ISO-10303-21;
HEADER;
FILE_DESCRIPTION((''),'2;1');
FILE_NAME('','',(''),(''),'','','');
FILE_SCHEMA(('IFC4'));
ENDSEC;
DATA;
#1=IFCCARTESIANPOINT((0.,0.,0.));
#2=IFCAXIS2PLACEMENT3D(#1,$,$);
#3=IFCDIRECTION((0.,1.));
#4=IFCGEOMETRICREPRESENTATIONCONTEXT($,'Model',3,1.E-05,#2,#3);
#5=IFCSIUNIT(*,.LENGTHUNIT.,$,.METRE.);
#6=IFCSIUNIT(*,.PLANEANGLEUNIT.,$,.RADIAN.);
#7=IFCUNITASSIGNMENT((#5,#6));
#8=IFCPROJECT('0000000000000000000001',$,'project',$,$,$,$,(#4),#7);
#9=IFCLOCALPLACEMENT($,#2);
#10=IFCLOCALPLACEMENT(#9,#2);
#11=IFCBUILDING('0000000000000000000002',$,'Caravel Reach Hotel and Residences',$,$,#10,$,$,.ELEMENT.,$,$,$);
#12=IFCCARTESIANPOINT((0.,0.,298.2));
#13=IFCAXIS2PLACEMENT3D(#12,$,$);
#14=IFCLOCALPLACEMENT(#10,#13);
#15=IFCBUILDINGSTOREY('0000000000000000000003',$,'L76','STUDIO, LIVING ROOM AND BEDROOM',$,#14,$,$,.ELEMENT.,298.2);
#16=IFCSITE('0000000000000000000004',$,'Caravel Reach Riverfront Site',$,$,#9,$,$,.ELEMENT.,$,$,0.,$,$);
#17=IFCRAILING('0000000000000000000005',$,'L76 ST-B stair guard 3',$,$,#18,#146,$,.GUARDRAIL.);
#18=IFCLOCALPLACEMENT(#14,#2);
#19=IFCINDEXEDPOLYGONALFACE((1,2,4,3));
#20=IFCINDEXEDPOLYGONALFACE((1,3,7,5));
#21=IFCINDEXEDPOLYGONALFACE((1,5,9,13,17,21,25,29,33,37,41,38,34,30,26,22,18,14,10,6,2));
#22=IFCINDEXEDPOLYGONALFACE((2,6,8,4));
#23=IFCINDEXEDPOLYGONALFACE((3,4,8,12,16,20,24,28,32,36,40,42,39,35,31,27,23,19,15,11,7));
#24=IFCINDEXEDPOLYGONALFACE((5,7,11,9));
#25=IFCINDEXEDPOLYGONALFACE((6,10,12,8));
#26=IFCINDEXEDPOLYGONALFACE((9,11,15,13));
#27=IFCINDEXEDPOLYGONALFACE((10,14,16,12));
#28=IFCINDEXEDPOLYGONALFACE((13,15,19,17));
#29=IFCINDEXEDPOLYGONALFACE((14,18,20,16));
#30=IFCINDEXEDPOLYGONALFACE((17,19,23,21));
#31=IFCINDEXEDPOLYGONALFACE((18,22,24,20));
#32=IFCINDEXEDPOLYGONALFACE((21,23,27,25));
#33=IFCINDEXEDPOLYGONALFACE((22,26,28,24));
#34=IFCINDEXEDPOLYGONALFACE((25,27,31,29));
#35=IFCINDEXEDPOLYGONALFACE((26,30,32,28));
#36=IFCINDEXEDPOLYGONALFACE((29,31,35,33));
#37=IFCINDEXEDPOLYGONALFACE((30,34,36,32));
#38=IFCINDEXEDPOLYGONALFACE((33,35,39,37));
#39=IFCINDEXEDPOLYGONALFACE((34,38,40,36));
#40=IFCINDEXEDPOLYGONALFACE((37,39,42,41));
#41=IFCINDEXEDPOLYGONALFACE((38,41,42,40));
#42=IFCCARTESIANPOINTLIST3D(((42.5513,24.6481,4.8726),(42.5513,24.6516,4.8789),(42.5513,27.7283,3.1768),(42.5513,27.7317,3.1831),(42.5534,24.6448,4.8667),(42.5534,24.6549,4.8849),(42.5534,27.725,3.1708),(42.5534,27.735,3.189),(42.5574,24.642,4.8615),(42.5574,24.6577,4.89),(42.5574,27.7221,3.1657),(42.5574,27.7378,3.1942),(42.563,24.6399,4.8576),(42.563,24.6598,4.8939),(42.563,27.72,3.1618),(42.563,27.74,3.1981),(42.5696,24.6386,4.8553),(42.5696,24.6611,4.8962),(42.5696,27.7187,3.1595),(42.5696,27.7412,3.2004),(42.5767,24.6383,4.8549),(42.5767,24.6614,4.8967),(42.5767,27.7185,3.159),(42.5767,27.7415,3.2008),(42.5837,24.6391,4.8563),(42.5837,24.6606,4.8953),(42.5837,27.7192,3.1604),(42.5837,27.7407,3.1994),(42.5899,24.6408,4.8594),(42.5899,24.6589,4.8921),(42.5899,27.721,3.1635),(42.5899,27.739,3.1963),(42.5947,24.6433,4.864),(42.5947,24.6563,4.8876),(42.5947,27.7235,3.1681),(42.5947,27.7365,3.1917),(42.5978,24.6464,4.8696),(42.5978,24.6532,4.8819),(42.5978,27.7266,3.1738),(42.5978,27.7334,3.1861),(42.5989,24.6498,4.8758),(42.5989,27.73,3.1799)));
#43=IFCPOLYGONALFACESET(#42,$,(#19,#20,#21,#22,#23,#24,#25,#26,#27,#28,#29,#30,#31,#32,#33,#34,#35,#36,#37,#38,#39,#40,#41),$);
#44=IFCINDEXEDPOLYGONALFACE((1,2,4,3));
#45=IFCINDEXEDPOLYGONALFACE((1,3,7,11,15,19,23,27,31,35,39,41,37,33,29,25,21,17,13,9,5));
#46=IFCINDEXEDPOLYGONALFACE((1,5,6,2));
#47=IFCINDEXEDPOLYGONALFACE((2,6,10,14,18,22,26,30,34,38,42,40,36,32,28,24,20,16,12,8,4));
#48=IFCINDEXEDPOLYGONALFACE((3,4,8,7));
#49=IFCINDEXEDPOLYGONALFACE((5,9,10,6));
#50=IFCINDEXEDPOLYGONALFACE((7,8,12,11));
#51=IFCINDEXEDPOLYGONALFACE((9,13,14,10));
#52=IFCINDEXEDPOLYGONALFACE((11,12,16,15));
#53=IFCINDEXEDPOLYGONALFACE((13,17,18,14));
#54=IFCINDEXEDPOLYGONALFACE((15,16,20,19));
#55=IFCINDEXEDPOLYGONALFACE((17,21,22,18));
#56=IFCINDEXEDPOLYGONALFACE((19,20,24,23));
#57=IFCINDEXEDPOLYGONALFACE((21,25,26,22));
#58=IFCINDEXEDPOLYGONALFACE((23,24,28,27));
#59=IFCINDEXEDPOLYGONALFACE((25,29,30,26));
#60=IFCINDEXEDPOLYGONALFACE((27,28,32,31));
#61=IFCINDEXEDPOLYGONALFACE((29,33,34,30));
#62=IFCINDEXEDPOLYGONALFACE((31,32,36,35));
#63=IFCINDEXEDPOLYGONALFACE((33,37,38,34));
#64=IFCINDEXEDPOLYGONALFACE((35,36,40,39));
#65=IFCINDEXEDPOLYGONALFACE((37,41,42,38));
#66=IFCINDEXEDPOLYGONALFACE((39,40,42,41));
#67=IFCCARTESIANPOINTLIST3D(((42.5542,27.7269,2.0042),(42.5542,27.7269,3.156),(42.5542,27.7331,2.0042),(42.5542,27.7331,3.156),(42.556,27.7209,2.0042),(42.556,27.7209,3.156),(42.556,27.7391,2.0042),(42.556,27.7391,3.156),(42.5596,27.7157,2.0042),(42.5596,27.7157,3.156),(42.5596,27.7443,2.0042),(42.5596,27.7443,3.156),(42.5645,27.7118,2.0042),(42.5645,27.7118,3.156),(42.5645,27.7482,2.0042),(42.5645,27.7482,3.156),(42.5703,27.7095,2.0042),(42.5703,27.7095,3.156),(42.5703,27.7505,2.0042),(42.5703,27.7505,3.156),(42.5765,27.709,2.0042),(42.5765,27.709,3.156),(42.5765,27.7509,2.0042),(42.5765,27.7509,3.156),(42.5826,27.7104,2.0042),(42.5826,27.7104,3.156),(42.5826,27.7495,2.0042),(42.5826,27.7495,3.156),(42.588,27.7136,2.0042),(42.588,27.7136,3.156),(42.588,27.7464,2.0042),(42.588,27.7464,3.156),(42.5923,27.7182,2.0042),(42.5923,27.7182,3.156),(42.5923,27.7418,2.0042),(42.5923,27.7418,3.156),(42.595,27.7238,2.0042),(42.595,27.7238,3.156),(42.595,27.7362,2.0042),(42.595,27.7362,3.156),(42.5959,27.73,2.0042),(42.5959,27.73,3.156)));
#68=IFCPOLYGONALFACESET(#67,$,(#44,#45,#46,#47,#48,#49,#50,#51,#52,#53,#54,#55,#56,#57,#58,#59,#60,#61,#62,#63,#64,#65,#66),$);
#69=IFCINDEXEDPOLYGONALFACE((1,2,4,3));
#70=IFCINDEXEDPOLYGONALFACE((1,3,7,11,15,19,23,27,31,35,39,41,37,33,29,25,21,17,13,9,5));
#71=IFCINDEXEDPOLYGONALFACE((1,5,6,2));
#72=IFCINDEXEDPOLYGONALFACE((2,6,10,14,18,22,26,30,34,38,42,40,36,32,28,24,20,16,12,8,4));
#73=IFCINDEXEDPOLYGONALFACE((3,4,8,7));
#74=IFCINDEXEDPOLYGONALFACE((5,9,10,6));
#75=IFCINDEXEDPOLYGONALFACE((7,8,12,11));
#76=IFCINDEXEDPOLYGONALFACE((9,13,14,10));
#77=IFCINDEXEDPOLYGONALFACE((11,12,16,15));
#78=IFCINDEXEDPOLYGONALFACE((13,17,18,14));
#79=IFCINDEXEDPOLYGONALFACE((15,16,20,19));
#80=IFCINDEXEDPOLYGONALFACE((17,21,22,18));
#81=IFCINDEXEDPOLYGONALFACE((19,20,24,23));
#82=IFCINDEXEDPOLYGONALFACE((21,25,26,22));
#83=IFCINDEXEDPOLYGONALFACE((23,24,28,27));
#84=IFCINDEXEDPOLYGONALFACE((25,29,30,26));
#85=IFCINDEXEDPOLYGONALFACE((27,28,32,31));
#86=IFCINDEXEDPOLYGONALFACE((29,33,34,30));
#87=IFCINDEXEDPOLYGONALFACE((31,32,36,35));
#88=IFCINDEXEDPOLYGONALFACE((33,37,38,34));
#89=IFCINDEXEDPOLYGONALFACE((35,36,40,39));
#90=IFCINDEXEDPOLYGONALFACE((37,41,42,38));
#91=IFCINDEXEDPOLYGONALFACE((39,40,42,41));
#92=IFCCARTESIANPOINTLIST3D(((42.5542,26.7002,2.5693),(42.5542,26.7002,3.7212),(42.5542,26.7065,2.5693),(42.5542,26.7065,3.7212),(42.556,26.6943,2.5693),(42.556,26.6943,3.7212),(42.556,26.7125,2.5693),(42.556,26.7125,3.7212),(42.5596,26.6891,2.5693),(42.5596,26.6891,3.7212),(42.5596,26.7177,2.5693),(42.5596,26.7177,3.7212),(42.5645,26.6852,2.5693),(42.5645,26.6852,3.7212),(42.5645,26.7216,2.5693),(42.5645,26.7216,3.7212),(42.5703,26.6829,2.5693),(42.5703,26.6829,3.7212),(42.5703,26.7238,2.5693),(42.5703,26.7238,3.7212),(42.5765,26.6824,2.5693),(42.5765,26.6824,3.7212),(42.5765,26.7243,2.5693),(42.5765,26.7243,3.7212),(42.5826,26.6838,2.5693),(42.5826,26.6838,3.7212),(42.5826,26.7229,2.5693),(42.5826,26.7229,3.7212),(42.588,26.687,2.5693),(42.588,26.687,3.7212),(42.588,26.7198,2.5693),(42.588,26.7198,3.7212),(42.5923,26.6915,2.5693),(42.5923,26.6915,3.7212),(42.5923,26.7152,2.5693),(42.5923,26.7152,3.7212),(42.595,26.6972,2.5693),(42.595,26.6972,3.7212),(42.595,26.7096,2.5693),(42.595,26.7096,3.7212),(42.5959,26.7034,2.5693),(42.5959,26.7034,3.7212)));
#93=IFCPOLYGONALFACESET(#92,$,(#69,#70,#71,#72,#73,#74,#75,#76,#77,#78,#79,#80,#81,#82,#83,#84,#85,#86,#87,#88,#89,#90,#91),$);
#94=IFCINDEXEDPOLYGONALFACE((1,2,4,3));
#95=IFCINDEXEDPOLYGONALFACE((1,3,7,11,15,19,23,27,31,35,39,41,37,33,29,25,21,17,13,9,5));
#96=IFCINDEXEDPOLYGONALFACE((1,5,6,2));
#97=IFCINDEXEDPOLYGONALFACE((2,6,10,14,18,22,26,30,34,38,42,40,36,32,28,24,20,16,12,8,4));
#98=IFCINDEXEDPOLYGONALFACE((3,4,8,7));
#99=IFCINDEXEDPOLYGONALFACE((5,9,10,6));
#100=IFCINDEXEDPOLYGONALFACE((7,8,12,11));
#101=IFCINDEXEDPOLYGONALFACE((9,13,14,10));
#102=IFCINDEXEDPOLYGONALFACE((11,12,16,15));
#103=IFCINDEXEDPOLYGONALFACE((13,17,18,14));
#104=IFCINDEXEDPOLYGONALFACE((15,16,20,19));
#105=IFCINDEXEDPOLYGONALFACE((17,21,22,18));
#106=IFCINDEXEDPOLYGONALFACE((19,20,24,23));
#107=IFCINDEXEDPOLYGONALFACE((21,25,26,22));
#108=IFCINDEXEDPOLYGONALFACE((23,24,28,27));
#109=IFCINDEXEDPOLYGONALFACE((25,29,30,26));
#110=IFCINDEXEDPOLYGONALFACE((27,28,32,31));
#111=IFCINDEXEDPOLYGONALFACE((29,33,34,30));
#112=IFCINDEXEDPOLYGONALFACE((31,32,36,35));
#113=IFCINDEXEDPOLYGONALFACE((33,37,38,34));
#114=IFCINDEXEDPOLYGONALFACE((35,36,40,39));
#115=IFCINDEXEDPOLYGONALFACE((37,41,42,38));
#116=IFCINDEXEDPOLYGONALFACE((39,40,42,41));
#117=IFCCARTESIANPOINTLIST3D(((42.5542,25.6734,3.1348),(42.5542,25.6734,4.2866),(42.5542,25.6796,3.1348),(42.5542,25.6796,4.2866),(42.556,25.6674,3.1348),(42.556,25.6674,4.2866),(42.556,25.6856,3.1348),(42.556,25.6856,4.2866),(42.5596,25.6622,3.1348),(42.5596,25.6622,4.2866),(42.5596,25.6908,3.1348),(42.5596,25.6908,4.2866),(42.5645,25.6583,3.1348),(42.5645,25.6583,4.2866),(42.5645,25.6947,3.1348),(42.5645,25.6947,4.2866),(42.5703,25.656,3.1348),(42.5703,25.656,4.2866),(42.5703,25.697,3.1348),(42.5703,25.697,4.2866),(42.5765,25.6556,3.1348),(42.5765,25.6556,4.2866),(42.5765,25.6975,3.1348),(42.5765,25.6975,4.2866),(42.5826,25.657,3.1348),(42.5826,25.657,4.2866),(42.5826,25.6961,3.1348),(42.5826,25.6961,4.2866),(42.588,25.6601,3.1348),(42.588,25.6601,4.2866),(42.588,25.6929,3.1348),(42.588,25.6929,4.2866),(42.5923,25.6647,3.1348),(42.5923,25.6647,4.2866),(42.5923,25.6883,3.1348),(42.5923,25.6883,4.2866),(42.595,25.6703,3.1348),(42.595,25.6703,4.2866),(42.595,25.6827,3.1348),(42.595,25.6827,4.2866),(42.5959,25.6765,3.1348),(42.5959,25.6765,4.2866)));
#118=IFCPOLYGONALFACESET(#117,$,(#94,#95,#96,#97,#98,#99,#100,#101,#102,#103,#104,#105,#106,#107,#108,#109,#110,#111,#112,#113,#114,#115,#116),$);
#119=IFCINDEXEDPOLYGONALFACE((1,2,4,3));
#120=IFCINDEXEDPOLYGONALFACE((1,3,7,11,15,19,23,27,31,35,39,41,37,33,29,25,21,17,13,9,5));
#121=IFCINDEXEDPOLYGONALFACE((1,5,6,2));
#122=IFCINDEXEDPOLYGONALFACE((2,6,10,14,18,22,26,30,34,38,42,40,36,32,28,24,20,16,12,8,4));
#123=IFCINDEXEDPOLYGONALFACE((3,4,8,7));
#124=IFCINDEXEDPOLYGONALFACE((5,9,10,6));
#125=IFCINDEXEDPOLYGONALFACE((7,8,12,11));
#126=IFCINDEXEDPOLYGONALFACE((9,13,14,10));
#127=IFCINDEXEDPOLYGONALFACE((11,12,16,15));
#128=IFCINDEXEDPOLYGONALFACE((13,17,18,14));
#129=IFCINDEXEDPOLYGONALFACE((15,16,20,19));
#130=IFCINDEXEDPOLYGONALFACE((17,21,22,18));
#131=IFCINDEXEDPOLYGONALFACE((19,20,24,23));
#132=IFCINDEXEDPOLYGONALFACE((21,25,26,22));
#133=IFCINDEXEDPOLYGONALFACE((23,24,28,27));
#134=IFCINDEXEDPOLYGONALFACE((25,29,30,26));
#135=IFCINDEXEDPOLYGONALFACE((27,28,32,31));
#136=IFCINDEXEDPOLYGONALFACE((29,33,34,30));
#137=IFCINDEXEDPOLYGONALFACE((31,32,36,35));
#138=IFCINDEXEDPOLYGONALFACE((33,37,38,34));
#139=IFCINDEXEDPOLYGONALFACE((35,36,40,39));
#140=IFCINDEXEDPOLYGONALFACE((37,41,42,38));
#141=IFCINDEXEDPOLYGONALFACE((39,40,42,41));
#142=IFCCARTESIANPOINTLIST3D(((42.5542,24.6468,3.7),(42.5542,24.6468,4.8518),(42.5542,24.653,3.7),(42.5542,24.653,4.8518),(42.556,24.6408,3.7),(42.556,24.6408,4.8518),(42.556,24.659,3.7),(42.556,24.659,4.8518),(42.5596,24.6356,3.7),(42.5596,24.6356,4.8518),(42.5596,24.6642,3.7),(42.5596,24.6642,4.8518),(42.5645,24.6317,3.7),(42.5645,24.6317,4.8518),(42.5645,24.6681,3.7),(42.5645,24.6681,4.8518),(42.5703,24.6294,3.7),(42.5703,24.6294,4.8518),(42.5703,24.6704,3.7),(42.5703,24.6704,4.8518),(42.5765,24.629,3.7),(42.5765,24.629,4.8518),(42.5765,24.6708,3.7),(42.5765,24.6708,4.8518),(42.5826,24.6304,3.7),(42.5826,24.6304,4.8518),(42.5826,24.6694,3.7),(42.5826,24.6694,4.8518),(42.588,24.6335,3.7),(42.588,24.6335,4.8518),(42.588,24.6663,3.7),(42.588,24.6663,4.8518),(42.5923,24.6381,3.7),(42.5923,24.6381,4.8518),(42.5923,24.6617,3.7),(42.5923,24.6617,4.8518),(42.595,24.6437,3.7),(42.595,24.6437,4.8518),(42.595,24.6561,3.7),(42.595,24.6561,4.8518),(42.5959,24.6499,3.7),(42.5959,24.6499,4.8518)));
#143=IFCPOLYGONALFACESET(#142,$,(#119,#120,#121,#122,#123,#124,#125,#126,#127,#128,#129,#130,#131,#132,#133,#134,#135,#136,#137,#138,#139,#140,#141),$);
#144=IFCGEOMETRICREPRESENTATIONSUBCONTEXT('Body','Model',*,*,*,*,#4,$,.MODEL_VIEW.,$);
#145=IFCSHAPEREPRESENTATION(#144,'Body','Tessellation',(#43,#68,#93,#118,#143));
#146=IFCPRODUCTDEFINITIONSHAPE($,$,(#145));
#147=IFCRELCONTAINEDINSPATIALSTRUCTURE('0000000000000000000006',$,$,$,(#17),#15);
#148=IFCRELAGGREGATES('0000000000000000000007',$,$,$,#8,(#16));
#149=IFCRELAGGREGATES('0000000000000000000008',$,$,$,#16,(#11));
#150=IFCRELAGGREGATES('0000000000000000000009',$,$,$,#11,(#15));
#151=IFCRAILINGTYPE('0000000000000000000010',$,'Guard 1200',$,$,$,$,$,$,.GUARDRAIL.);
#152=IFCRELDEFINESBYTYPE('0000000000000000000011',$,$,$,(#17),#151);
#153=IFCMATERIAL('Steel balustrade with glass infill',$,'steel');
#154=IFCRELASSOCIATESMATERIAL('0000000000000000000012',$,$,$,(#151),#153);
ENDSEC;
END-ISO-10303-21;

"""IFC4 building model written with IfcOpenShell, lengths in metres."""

from ifc_helpers import new_model, si_unit, direction, frame, origin, origin_2d, place, context, subcontext, project, spatial, circle, extrude, material, type_object, element, save


model = new_model("IFC4")

# Units and contexts
model_context = context("Model", 3, precision=1e-05, world=origin(), true_north=direction((0.0, 1.0)))
body_context = subcontext(model_context, "Body", "Model", "MODEL_VIEW")
ifc_project = project(units=[si_unit("LENGTHUNIT", "METRE"), si_unit("PLANEANGLEUNIT", "RADIAN")], contexts=[model_context])

# Site, building, storey
site_placement = place(None, origin())
site = spatial("IfcSite", under=ifc_project, at=site_placement, Name="Caravel Reach Riverfront Site", CompositionType="ELEMENT", RefElevation=0.0)
building_placement = place(site_placement, origin())
building = spatial("IfcBuilding", under=site, at=building_placement, Name="Caravel Reach Hotel and Residences", CompositionType="ELEMENT")
storey_placement = place(building_placement, frame((0.0, 0.0, 298.2)))
storey = spatial("IfcBuildingStorey", under=building, at=storey_placement, Name="L76", Description="STUDIO, LIVING ROOM AND BEDROOM", CompositionType="ELEMENT", Elevation=298.2)

# Railing
ifc_material_1 = material(Name="Steel balustrade with glass infill", Category="steel")
railing_type_1 = type_object("IfcRailingType", Name="Guard 1200", PredefinedType="GUARDRAIL", material=ifc_material_1)
railing_1_placement = place(storey_placement, frame((42.575, 27.73, 2.0042)))
element("IfcRailing", 1, at=railing_1_placement, inside=storey, type_object=railing_type_1, Name="L76 ST-B stair guard 3", PredefinedType="GUARDRAIL", context=body_context, shape_type="SweptSolid", body=[
    extrude(circle(Radius=0.0239, at=origin_2d()), frame((0.0, 0.0, 1.1758), z_axis=(0.0, -0.876005, 0.482303), x_axis=(1.0, 0.0, 0.0)), (0.0, 0.0, 1.0), 3.5161),
    extrude(circle(Radius=0.021, at=origin_2d()), origin(), (0.0, 0.0, 1.0), 1.1519),
    extrude(circle(Radius=0.021, at=origin_2d()), frame((0.0, -1.0266, 0.5652)), (0.0, 0.0, 1.0), 1.1519),
    extrude(circle(Radius=0.021, at=origin_2d()), frame((0.0, -2.0535, 1.1306)), (0.0, 0.0, 1.0), 1.1519),
    extrude(circle(Radius=0.021, at=origin_2d()), frame((0.0, -3.0801, 1.6958)), (0.0, 0.0, 1.0), 1.1519),
])

save(model, "model.ifc")
